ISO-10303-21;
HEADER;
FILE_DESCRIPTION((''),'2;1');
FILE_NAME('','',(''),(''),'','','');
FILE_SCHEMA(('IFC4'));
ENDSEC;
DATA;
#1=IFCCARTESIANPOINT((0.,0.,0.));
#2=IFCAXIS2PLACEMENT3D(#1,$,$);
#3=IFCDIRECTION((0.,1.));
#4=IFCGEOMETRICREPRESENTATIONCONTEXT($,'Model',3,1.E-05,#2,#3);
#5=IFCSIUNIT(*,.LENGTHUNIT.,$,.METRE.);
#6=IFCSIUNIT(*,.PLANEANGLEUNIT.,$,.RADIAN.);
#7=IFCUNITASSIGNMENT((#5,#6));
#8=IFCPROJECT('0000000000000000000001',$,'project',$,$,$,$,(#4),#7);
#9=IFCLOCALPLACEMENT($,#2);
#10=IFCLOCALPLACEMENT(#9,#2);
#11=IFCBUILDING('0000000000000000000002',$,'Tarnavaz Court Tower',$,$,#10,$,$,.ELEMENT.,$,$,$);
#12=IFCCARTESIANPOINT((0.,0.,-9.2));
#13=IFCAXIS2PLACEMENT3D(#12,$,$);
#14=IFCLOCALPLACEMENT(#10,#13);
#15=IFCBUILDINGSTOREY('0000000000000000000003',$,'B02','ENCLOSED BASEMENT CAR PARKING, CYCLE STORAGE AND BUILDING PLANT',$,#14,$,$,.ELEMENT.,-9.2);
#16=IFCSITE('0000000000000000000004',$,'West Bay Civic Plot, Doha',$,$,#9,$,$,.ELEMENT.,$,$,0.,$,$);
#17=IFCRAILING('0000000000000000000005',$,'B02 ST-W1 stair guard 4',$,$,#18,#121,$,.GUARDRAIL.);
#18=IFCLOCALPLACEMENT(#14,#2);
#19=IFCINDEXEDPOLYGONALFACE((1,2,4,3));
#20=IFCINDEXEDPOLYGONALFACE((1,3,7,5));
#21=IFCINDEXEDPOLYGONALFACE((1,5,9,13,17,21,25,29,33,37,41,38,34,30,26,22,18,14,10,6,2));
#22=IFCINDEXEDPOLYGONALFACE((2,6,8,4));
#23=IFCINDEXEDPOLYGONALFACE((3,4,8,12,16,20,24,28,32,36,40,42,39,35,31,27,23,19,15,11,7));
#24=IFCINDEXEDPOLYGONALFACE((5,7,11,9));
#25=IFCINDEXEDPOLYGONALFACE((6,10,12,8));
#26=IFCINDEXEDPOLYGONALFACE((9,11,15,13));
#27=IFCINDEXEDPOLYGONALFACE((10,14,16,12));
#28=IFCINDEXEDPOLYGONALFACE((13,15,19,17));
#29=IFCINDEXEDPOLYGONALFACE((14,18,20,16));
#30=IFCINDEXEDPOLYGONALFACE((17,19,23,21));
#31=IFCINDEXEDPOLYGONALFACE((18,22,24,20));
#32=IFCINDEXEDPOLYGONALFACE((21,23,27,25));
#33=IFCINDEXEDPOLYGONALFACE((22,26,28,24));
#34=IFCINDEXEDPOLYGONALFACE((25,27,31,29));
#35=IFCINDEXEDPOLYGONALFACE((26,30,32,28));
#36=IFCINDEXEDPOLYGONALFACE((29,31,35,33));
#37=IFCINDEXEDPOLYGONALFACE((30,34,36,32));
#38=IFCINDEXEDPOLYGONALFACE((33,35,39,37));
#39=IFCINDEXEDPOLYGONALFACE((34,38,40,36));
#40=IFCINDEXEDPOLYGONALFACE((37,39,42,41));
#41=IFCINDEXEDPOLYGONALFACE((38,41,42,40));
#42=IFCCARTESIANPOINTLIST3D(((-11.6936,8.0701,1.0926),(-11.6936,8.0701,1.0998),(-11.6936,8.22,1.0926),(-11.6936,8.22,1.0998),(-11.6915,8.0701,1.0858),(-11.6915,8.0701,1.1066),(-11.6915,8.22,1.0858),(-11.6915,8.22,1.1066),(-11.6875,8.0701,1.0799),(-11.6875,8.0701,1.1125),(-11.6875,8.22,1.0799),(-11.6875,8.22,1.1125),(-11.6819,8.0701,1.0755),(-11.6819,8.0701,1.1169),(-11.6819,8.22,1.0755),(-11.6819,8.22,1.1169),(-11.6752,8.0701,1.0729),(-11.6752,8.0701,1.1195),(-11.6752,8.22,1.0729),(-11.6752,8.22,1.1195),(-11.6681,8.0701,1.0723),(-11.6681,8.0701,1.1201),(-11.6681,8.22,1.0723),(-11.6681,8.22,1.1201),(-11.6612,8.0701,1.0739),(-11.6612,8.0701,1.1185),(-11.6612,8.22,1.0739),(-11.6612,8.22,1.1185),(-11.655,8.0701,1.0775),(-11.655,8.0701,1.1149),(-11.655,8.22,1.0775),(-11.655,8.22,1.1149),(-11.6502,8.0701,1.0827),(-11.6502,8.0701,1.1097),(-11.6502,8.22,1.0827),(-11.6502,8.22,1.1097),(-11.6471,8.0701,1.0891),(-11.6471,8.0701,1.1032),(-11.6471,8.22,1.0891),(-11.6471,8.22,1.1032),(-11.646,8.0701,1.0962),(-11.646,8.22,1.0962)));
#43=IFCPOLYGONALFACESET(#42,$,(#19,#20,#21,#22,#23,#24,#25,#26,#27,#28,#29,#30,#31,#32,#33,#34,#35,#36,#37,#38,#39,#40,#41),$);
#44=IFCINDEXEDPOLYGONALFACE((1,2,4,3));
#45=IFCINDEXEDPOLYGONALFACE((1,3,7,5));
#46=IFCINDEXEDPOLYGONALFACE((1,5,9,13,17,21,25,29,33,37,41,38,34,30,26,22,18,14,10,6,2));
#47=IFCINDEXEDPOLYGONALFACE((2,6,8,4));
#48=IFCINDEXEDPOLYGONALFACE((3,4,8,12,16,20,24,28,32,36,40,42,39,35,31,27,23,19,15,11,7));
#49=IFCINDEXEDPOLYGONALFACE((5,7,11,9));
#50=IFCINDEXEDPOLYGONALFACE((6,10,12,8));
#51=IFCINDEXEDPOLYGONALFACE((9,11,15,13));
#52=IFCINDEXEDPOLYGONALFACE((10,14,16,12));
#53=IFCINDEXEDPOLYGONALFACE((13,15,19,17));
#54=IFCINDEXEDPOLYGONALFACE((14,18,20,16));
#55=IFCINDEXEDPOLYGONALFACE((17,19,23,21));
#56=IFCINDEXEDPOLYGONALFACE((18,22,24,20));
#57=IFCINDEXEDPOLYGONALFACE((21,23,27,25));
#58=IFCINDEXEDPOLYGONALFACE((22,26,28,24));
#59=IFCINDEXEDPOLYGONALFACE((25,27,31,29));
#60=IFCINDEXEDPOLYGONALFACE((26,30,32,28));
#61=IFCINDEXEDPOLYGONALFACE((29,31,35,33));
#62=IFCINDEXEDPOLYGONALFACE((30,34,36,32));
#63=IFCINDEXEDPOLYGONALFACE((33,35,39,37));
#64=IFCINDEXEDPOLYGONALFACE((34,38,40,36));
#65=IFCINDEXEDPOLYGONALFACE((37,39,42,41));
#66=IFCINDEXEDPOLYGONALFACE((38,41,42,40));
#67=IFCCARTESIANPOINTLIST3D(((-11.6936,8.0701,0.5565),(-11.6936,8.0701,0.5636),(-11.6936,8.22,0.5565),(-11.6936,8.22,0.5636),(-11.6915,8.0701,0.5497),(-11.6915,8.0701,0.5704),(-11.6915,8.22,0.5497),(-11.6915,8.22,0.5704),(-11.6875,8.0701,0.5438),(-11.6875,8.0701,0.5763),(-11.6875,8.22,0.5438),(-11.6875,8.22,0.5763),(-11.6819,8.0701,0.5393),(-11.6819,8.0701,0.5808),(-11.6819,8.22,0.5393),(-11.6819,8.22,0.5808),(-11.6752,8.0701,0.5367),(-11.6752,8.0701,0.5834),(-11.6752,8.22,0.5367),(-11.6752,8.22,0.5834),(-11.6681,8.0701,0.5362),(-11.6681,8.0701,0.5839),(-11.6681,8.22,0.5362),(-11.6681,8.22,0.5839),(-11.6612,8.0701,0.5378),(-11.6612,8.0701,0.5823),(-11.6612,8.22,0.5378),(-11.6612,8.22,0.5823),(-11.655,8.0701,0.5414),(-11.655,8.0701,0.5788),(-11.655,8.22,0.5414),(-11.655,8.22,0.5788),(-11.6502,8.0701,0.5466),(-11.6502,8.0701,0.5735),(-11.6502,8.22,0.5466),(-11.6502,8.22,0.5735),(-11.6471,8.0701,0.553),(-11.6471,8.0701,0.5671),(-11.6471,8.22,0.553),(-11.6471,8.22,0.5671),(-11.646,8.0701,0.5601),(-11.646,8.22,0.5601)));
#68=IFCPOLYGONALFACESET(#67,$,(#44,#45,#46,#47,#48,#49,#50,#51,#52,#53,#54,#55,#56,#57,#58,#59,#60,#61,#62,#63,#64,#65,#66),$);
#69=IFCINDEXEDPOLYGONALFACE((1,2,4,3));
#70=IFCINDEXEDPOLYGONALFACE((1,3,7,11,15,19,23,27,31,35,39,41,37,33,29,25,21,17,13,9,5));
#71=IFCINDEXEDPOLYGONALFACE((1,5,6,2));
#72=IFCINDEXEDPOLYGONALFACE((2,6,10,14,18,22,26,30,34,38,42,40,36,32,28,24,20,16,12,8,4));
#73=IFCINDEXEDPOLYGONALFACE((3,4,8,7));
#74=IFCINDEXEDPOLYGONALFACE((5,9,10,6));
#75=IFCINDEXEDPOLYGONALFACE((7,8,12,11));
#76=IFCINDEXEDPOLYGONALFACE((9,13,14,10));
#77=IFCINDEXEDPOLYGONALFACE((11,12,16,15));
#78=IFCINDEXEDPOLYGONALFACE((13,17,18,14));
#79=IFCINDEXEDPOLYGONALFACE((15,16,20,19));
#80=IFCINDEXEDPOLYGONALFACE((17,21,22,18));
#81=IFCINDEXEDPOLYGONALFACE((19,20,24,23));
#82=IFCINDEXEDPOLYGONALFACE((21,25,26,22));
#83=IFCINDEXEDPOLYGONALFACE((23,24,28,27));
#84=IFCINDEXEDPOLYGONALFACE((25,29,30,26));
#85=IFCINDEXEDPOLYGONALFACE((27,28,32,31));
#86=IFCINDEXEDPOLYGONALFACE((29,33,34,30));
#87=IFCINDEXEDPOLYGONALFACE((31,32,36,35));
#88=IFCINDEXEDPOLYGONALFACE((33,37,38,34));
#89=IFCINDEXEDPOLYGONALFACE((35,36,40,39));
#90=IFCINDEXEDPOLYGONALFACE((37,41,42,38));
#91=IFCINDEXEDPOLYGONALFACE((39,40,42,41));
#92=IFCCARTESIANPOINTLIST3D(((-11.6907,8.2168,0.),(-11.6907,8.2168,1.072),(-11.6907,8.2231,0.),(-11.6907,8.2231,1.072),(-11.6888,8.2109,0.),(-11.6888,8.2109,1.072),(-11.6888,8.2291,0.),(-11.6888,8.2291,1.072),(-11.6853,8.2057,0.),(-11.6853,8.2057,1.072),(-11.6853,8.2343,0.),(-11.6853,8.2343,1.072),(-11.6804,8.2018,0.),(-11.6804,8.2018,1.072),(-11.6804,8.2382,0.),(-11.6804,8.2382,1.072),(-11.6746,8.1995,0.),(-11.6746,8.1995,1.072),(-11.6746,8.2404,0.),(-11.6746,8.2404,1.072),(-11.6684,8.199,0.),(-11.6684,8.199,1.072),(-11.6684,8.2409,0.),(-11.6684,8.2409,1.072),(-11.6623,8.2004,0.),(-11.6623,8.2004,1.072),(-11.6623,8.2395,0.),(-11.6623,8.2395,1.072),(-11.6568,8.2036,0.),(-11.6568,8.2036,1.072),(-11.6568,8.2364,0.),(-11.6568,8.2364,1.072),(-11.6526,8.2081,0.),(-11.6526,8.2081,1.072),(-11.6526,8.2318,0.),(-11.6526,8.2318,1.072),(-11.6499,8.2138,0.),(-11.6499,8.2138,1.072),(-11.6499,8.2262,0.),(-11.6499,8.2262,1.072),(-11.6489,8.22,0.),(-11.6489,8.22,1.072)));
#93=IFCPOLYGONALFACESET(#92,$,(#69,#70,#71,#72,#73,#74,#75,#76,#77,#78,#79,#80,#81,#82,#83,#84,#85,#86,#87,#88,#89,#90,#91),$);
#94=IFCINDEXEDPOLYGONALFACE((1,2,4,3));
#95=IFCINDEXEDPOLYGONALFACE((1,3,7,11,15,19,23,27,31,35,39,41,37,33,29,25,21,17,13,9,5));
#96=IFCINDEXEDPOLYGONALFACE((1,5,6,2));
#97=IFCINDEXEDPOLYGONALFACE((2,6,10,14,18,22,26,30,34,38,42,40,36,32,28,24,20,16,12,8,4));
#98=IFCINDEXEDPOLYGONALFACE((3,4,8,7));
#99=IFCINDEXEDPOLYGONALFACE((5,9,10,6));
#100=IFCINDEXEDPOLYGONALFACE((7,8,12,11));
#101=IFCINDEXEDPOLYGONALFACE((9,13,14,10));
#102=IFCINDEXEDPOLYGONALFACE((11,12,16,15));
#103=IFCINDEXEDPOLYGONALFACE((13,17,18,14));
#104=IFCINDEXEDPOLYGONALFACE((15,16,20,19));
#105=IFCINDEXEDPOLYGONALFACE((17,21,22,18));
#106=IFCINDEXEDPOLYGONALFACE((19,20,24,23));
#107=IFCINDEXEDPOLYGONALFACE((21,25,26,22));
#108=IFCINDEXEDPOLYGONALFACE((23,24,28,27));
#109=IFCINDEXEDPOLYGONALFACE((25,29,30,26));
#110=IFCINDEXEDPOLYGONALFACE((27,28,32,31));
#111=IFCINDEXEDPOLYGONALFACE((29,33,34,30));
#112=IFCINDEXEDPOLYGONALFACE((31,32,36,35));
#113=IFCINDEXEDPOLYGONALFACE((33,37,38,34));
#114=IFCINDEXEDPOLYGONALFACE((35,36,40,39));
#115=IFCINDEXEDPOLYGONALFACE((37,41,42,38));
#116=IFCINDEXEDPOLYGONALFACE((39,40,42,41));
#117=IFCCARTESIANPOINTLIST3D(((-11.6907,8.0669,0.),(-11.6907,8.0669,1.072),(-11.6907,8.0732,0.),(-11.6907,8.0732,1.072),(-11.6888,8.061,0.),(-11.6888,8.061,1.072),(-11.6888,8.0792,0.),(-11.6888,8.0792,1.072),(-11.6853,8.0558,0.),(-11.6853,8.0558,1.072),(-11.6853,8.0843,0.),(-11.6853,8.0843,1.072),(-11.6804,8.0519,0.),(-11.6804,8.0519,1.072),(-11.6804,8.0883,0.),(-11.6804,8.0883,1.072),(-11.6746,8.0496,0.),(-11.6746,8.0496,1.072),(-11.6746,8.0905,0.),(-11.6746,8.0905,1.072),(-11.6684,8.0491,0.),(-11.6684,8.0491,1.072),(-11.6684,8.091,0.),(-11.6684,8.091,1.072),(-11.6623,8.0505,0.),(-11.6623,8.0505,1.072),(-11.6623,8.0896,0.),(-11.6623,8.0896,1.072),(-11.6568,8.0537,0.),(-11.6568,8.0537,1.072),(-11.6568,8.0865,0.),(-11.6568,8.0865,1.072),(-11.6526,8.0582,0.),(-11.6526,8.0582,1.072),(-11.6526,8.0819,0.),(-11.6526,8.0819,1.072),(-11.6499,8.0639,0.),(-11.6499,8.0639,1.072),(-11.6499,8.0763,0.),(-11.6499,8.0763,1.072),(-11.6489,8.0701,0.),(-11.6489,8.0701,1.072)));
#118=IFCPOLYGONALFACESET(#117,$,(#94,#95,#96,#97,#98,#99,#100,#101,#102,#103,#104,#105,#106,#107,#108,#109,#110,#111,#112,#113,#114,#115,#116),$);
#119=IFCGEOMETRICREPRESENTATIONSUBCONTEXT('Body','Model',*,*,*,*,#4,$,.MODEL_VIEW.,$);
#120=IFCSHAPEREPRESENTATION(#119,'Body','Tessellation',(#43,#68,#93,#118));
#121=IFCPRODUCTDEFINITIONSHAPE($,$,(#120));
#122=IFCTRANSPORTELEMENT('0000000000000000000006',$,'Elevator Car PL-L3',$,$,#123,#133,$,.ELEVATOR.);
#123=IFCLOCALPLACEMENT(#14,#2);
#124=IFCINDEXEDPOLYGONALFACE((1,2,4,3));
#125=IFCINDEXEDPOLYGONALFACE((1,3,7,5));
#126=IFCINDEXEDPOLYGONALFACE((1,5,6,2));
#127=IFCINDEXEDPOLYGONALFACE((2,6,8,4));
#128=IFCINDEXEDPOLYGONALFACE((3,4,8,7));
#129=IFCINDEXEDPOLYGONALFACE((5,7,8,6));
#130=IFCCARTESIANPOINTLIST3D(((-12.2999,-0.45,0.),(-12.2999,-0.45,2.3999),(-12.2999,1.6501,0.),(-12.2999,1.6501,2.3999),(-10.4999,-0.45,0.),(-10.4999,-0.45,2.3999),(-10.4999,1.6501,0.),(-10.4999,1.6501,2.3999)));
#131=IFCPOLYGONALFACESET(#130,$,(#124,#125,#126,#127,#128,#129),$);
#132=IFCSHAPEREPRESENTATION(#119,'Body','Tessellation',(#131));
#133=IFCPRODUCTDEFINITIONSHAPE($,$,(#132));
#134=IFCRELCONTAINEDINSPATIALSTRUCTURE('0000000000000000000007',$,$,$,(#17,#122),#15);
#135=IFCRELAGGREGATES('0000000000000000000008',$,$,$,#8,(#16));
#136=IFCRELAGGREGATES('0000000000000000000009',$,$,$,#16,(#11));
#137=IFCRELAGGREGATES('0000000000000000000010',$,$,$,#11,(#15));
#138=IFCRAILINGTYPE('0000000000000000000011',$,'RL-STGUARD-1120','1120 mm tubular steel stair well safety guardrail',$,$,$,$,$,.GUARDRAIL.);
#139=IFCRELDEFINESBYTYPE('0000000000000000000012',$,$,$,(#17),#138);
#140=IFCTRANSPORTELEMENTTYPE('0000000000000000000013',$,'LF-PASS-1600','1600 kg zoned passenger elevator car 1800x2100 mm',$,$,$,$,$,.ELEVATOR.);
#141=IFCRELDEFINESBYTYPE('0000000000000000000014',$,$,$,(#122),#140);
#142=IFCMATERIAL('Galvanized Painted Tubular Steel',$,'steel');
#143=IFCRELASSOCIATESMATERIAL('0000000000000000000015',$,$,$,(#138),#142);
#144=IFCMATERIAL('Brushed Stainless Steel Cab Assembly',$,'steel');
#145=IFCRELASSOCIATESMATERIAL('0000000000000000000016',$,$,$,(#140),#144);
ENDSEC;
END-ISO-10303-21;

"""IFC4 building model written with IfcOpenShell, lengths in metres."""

from ifc_helpers import new_model, si_unit, direction, frame, origin, origin_2d, place, context, subcontext, project, spatial, rectangle, circle, extrude, material, type_object, element, save


model = new_model("IFC4")

# Units and contexts
model_context = context("Model", 3, precision=1e-05, world=origin(), true_north=direction((0.0, 1.0)))
body_context = subcontext(model_context, "Body", "Model", "MODEL_VIEW")
ifc_project = project(units=[si_unit("LENGTHUNIT", "METRE"), si_unit("PLANEANGLEUNIT", "RADIAN")], contexts=[model_context])

# Site, building, storey
site_placement = place(None, origin())
site = spatial("IfcSite", under=ifc_project, at=site_placement, Name="West Bay Civic Plot, Doha", CompositionType="ELEMENT", RefElevation=0.0)
building_placement = place(site_placement, origin())
building = spatial("IfcBuilding", under=site, at=building_placement, Name="Tarnavaz Court Tower", CompositionType="ELEMENT")
storey_placement = place(building_placement, frame((0.0, 0.0, -9.2)))
storey = spatial("IfcBuildingStorey", under=building, at=storey_placement, Name="B02", Description="ENCLOSED BASEMENT CAR PARKING, CYCLE STORAGE AND BUILDING PLANT", CompositionType="ELEMENT", Elevation=-9.2)

# Railing
ifc_material_1 = material(Name="Galvanized Painted Tubular Steel", Category="steel")
railing_type_1 = type_object("IfcRailingType", Name="RL-STGUARD-1120", Description="1120 mm tubular steel stair well safety guardrail", PredefinedType="GUARDRAIL", material=ifc_material_1)
railing_1_placement = place(storey_placement, frame((-11.6699, 8.22, 0.0)))
element("IfcRailing", 1, at=railing_1_placement, inside=storey, type_object=railing_type_1, Name="B02 ST-W1 stair guard 4", PredefinedType="GUARDRAIL", context=body_context, shape_type="SweptSolid", body=[
    extrude(circle(Radius=0.0239, at=origin_2d()), frame((0.0, 0.0, 1.0962), z_axis=(0.0, -1.0, 0.0), x_axis=(1.0, 0.0, 0.0)), (0.0, 0.0, 1.0), 0.1499),
    extrude(circle(Radius=0.0239, at=origin_2d()), frame((0.0, 0.0, 0.5601), z_axis=(0.0, -1.0, 0.0), x_axis=(1.0, 0.0, 0.0)), (0.0, 0.0, 1.0), 0.1499),
    extrude(circle(Radius=0.021, at=origin_2d()), origin(), (0.0, 0.0, 1.0), 1.072),
    extrude(circle(Radius=0.021, at=origin_2d()), frame((0.0, -0.1499, 0.0)), (0.0, 0.0, 1.0), 1.072),
])

# Transport element
ifc_material_2 = material(Name="Brushed Stainless Steel Cab Assembly", Category="steel")
transport_element_type = type_object("IfcTransportElementType", Name="LF-PASS-1600", Description="1600 kg zoned passenger elevator car 1800x2100 mm", PredefinedType="ELEVATOR", material=ifc_material_2)
transport_element_placement = place(storey_placement, frame((-11.3999, 0.6001, 0.0), z_axis=(0.0, 0.0, 1.0), x_axis=(1.0, 0.0, 0.0)))
element("IfcTransportElement", 2, at=transport_element_placement, inside=storey, type_object=transport_element_type, Name="Elevator Car PL-L3", PredefinedType="ELEVATOR", context=body_context, shape_type="SweptSolid", body=[
    extrude(rectangle(XDim=1.8, YDim=2.1001, at=origin_2d()), origin(), (0.0, 0.0, 1.0), 2.3999),
])

save(model, "model.ifc")
